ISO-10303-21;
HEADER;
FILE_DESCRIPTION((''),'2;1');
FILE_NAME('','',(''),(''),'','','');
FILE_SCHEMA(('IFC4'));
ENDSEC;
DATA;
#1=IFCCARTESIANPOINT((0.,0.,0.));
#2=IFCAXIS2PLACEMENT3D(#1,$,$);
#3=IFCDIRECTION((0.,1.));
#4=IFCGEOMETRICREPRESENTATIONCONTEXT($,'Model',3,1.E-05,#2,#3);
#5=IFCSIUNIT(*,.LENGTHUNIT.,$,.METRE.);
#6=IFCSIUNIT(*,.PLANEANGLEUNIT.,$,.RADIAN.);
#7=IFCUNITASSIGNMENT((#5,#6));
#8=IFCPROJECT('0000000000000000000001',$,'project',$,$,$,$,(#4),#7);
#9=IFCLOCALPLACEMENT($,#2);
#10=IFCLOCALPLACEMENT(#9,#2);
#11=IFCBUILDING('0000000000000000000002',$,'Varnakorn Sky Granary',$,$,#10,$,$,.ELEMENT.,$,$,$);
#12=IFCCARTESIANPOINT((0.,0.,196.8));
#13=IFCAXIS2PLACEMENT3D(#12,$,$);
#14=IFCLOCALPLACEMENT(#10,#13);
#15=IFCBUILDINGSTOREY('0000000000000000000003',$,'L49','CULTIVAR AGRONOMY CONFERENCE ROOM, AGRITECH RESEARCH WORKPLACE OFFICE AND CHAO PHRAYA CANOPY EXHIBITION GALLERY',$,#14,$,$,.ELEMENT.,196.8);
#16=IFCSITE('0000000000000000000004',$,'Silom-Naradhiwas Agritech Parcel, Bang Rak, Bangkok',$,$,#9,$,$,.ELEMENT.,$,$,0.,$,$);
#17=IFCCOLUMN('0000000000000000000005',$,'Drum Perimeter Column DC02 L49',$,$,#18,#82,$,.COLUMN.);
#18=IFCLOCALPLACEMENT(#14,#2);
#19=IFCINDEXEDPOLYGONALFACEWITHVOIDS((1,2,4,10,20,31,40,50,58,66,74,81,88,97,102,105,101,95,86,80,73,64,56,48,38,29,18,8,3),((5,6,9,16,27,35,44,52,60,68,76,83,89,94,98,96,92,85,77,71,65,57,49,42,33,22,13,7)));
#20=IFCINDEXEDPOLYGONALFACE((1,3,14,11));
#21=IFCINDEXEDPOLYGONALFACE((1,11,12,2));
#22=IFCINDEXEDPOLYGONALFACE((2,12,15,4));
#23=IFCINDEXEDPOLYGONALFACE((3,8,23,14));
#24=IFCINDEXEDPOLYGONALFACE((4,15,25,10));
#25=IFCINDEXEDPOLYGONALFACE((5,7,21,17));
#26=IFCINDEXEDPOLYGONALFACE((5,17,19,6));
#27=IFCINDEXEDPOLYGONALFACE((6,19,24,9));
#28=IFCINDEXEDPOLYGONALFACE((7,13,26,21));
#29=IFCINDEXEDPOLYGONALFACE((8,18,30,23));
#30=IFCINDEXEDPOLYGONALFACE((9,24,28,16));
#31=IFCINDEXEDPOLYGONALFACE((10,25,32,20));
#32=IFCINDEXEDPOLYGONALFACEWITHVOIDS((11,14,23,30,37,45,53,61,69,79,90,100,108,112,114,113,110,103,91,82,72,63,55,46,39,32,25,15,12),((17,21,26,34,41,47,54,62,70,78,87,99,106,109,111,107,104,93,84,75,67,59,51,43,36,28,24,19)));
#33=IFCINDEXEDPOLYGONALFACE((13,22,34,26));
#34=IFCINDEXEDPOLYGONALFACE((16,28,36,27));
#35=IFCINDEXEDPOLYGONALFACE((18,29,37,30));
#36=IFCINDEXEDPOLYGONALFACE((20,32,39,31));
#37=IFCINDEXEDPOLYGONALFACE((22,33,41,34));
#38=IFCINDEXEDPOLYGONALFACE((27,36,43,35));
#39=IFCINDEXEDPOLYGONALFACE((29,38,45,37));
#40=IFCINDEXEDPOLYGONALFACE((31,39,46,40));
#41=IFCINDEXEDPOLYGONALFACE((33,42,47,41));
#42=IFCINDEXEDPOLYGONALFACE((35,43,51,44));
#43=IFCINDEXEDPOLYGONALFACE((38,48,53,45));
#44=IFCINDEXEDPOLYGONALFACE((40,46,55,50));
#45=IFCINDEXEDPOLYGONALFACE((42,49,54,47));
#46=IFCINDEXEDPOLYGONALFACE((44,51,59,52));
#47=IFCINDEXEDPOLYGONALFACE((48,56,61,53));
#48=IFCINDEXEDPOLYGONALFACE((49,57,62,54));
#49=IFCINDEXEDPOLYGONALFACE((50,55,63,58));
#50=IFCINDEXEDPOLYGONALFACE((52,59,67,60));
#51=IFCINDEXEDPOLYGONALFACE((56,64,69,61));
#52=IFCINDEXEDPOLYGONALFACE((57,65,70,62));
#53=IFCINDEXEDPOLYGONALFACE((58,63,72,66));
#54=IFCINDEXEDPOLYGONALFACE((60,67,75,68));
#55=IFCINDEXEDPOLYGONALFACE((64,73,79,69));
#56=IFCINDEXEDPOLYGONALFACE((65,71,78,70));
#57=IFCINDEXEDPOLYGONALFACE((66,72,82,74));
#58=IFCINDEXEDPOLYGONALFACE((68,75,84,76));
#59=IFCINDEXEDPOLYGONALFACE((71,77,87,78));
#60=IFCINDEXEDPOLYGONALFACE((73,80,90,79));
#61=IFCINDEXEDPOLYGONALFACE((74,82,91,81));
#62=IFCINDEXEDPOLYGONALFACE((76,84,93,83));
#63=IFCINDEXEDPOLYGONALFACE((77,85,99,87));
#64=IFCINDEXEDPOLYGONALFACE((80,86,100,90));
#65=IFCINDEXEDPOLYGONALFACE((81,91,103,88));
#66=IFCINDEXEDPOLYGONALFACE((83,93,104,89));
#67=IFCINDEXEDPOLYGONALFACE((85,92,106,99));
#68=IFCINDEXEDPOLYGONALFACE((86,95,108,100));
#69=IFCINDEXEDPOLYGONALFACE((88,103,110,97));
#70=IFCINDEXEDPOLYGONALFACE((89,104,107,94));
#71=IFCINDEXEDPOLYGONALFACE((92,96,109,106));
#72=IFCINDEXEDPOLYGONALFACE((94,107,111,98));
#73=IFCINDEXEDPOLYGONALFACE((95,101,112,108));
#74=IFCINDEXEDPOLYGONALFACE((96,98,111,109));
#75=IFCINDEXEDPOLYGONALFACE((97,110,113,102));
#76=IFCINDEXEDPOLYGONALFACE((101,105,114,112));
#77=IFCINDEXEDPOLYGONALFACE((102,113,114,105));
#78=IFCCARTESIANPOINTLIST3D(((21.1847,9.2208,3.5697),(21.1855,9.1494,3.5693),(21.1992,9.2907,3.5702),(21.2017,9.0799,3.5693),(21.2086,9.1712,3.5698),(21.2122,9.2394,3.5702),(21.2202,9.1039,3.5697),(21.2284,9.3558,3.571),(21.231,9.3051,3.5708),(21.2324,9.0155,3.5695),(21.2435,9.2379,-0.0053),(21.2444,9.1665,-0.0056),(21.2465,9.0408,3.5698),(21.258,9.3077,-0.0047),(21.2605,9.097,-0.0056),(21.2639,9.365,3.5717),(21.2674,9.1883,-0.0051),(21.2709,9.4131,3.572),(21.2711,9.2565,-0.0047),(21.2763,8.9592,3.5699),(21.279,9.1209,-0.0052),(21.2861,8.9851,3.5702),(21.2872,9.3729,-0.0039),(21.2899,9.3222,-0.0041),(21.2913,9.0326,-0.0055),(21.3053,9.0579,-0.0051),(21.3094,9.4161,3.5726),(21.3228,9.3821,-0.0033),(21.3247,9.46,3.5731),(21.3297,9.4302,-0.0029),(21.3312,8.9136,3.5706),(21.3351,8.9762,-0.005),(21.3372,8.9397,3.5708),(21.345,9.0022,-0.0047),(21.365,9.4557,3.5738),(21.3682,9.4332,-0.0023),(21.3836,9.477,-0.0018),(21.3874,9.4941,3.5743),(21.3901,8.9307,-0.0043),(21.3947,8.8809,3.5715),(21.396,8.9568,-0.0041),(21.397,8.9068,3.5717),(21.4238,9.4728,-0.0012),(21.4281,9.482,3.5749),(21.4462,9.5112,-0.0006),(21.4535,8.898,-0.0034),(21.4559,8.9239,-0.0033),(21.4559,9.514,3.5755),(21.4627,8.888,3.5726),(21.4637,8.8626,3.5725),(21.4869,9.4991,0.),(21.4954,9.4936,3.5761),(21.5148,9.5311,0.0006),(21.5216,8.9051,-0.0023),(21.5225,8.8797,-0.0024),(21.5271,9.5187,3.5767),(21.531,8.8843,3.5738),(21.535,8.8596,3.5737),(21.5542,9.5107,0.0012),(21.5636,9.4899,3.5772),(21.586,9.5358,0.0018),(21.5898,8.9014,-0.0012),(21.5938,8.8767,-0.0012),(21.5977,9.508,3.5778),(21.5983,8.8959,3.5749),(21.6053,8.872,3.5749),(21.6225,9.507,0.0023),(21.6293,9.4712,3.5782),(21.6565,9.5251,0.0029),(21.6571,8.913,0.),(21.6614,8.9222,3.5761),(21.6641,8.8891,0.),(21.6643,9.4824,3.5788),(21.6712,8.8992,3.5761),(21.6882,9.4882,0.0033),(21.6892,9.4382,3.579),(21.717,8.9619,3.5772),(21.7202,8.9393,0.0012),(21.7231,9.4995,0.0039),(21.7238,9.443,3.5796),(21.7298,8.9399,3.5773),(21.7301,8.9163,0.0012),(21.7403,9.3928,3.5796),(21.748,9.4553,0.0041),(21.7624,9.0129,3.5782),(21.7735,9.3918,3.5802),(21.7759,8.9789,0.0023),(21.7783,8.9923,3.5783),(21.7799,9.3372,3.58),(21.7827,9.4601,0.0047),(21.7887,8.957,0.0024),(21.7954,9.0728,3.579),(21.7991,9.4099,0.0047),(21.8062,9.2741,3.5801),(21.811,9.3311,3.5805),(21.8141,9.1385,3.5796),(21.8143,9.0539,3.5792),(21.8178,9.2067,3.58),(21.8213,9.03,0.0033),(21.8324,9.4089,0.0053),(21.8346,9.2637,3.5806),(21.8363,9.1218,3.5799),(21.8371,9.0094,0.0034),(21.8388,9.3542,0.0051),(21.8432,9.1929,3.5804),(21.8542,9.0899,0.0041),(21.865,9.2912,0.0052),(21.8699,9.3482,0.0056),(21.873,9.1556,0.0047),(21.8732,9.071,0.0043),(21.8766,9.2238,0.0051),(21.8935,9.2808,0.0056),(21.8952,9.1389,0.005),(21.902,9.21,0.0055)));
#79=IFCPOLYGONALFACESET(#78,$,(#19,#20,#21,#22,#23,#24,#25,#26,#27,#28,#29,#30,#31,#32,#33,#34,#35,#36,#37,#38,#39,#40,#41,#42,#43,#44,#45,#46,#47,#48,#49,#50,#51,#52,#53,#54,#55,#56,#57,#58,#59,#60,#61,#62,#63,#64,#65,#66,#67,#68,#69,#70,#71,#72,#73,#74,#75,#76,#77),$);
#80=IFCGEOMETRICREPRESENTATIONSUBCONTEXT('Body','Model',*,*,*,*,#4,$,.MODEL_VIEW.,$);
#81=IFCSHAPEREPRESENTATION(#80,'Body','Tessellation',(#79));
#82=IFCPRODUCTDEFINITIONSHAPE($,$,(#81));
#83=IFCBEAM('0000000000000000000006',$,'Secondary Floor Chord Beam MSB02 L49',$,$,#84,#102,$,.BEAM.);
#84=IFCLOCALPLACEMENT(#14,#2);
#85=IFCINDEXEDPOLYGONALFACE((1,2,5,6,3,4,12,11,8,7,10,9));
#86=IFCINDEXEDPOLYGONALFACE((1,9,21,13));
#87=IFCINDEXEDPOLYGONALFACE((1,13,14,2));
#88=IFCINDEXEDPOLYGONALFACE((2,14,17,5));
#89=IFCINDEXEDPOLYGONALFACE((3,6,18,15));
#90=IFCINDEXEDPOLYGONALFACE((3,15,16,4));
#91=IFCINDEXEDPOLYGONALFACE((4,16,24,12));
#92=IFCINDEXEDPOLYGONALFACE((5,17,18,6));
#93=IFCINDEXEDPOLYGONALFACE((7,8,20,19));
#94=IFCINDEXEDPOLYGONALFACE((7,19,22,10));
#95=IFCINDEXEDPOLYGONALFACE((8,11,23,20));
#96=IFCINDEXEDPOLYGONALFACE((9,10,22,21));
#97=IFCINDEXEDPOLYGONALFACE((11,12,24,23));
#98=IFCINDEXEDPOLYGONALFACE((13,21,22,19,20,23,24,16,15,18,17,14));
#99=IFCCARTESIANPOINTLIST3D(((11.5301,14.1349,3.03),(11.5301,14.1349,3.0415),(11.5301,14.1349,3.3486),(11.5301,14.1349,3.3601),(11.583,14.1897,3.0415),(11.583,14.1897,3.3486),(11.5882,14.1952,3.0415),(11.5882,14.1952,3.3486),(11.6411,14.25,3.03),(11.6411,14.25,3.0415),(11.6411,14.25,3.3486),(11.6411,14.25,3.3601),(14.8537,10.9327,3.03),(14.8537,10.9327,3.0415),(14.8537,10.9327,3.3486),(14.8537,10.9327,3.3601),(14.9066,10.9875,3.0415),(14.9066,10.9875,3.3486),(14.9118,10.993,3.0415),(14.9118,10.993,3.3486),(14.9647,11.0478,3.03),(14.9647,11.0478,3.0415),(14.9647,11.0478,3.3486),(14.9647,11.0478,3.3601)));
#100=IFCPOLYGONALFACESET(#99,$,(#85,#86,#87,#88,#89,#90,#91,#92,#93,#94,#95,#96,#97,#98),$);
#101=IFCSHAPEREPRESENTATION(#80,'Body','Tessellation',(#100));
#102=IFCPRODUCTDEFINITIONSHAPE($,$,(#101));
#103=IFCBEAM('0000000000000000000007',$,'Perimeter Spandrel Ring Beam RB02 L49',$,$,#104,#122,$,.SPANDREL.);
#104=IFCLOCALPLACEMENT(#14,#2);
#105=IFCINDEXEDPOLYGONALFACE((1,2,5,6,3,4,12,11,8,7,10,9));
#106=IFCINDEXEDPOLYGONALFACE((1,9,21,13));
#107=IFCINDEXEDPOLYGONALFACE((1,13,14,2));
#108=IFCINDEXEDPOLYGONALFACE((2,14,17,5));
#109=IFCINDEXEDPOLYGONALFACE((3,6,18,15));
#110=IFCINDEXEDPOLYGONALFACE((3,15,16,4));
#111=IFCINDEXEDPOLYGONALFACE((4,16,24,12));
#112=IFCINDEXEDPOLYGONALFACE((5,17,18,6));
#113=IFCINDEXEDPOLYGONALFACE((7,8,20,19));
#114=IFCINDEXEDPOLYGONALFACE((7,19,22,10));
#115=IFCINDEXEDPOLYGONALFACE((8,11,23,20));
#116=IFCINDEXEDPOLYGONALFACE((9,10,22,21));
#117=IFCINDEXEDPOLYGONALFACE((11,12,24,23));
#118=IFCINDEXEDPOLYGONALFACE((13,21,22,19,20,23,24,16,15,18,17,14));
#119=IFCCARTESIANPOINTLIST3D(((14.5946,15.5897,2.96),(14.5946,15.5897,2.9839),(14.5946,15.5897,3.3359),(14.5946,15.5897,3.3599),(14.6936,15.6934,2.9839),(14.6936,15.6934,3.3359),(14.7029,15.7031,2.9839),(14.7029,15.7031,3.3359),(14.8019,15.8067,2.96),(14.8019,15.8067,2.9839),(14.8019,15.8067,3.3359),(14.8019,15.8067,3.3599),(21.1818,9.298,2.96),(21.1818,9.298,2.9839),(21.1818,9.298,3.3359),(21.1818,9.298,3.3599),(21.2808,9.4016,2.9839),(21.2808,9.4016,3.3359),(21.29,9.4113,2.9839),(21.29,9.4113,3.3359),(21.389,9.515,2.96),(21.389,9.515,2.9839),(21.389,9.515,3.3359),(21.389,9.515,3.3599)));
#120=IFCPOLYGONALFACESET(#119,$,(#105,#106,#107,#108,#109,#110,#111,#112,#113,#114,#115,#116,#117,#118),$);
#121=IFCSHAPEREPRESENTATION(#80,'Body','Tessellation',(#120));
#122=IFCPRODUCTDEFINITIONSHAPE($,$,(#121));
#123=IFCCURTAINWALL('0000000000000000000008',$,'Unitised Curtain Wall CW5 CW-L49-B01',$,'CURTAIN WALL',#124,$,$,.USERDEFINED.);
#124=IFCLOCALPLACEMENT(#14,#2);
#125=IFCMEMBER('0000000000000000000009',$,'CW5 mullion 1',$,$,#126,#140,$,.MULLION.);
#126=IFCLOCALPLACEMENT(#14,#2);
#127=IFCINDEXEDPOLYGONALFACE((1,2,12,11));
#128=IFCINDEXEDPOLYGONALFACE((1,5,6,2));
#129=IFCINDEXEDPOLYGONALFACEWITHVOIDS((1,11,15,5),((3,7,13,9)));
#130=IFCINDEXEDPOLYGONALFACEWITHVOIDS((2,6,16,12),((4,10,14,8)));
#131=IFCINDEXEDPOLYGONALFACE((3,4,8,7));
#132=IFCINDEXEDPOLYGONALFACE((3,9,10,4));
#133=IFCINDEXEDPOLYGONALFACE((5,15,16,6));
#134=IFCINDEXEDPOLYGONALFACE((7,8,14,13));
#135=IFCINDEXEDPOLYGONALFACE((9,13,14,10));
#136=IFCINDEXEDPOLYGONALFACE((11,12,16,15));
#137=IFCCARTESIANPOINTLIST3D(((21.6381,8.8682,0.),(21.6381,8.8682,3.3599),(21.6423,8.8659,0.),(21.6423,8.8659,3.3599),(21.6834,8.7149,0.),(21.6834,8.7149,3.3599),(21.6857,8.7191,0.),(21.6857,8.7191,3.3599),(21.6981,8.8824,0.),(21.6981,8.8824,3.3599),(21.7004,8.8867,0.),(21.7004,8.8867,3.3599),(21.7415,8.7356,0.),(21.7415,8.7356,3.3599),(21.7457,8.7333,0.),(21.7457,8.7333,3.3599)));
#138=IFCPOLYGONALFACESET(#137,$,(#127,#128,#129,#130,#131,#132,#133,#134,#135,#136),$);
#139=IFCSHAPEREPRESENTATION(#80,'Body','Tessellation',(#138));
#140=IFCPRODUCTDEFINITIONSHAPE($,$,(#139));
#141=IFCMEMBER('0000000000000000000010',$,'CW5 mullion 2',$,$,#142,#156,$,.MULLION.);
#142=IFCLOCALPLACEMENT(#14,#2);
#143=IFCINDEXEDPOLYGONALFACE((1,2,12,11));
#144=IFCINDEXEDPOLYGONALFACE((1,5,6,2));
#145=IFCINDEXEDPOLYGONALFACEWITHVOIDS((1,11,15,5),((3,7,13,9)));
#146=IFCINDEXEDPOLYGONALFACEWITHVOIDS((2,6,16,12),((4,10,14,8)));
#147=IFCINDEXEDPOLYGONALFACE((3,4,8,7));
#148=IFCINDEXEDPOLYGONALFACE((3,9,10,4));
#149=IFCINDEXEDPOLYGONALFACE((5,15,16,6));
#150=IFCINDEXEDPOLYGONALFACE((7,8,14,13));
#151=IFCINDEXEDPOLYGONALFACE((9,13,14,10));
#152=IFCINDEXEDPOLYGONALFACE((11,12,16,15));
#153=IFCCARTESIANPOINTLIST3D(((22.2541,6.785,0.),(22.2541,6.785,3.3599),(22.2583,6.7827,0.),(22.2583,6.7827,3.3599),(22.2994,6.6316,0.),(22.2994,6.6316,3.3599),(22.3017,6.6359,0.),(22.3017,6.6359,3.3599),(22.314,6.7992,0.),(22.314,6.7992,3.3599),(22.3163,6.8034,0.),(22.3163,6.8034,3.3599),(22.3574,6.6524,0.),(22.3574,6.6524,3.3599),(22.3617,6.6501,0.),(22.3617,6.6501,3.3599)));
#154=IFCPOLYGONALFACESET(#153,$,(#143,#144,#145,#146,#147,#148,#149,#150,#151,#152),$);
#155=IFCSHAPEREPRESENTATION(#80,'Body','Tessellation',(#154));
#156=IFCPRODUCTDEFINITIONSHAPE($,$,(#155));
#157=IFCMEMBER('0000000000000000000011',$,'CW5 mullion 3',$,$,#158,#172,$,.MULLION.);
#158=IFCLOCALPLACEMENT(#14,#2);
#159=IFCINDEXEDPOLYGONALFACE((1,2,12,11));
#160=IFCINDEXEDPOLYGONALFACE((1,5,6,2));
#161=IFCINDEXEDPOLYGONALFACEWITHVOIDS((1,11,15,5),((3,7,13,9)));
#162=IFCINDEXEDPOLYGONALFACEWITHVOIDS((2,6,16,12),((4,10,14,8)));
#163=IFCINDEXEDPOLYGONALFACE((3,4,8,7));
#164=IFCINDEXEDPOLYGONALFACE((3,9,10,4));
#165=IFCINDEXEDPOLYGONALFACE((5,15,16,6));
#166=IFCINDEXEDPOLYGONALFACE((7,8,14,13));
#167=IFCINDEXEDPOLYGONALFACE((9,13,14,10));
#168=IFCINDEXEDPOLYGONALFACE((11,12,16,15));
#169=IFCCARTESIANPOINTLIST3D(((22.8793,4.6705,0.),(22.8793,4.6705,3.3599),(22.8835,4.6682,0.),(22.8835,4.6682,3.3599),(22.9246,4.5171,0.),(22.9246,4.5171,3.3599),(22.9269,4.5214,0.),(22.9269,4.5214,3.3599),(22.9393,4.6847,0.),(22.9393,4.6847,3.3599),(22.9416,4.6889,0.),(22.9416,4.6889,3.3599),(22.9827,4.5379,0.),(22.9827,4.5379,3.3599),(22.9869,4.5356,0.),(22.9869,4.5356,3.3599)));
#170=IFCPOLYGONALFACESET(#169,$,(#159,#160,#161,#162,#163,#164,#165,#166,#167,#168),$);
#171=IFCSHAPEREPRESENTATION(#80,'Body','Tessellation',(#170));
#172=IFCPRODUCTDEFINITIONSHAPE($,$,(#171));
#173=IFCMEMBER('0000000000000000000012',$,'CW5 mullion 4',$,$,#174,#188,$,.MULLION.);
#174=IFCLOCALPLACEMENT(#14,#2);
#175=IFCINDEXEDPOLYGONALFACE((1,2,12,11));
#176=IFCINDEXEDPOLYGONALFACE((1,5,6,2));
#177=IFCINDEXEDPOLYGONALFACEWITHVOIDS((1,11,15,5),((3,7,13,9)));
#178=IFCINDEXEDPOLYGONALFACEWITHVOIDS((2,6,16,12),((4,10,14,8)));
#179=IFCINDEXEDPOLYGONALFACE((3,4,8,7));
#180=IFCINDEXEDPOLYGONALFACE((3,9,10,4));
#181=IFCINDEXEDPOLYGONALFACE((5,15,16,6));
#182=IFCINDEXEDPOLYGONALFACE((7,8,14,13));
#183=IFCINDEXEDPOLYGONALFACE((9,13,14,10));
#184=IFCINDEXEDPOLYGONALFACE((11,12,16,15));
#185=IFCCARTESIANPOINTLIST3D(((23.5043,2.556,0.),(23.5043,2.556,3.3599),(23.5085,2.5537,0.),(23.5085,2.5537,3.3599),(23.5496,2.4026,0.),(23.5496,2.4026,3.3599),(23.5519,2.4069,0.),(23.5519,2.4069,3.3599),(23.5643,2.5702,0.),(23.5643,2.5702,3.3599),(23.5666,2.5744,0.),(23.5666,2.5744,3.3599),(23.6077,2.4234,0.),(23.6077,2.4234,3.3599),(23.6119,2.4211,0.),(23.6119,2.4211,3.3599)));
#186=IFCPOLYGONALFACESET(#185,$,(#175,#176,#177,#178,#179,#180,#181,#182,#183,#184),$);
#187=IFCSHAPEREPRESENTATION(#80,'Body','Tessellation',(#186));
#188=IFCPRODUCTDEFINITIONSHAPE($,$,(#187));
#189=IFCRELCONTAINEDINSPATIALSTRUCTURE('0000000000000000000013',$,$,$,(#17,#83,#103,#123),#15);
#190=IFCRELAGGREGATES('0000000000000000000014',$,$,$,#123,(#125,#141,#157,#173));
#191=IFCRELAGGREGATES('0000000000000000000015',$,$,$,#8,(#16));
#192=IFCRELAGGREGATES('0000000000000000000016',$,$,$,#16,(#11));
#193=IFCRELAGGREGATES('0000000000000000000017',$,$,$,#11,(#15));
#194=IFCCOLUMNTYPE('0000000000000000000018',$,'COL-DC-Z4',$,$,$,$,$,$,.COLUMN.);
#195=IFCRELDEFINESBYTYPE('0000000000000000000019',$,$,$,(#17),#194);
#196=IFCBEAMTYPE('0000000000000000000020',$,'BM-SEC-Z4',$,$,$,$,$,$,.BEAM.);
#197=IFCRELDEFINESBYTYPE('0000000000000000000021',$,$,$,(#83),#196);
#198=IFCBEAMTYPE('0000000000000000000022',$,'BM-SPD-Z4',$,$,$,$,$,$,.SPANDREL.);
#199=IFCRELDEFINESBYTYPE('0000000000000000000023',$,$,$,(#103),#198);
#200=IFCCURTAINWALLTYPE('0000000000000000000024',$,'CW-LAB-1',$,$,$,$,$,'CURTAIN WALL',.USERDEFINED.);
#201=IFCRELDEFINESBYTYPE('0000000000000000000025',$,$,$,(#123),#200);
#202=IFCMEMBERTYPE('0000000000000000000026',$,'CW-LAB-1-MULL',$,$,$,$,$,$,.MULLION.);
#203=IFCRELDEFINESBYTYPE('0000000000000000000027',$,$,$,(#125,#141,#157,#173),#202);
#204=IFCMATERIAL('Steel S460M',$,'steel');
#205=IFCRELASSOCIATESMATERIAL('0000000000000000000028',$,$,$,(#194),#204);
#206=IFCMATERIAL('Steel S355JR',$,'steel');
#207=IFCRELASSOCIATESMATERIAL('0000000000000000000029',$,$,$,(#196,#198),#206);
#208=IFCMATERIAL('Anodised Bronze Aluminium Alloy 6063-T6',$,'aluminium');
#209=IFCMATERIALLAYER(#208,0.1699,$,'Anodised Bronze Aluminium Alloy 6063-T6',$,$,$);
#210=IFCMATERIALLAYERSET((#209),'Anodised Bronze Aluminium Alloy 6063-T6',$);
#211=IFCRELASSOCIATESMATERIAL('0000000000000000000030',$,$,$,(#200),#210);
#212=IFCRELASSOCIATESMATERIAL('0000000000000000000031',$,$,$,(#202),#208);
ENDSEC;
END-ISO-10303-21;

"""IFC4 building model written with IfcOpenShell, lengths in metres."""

from ifc_helpers import new_model, si_unit, direction, frame, origin, origin_2d, place, context, subcontext, project, spatial, hollow_rectangle, hollow_circle, i_section, extrude, material, layer, layer_set, material_profile, profile_set, type_object, element, aggregate, save


model = new_model("IFC4")

# Units and contexts
model_context = context("Model", 3, precision=1e-05, world=origin(), true_north=direction((0.0, 1.0)))
body_context = subcontext(model_context, "Body", "Model", "MODEL_VIEW")
ifc_project = project(units=[si_unit("LENGTHUNIT", "METRE"), si_unit("PLANEANGLEUNIT", "RADIAN")], contexts=[model_context])

# Site, building, storey
site_placement = place(None, origin())
site = spatial("IfcSite", under=ifc_project, at=site_placement, Name="Silom-Naradhiwas Agritech Parcel, Bang Rak, Bangkok", CompositionType="ELEMENT", RefElevation=0.0)
building_placement = place(site_placement, origin())
building = spatial("IfcBuilding", under=site, at=building_placement, Name="Varnakorn Sky Granary", CompositionType="ELEMENT")
storey_placement = place(building_placement, frame((0.0, 0.0, 196.8)))
storey = spatial("IfcBuildingStorey", under=building, at=storey_placement, Name="L49", Description="CULTIVAR AGRONOMY CONFERENCE ROOM, AGRITECH RESEARCH WORKPLACE OFFICE AND CHAO PHRAYA CANOPY EXHIBITION GALLERY", CompositionType="ELEMENT", Elevation=196.8)

# Column
ifc_material_1 = material(Name="Steel S460M", Category="steel")
ifc_material_profile_1 = material_profile(ifc_material_1, hollow_circle(Radius=0.3301, WallThickness=0.0249, at=origin_2d()), Name="CHS 660x25")
ifc_profile_set_1 = profile_set([ifc_material_profile_1], Name="Steel S460M")
column_type = type_object("IfcColumnType", Name="COL-DC-Z4", PredefinedType="COLUMN", material=ifc_profile_set_1)
column_placement = place(storey_placement, frame((21.572, 9.2061, 0.0), z_axis=(-0.016456, -0.00478, 0.999853), x_axis=(0.278929, -0.960312, 0.0)))
element("IfcColumn", 1, at=column_placement, inside=storey, type_object=column_type, Name="Drum Perimeter Column DC02 L49", PredefinedType="COLUMN", context=body_context, shape_type="SweptSolid", body=[
    extrude(hollow_circle(Radius=0.3301, WallThickness=0.0249, at=origin_2d()), origin(), (0.0, 0.0, 1.0), 3.5754),
])

# Beams
ifc_material_2 = material(Name="Steel S355JR", Category="steel")
ifc_material_profile_2 = material_profile(ifc_material_2, i_section(OverallWidth=0.1599, OverallDepth=0.3301, WebThickness=0.0076, FlangeThickness=0.0115, at=origin_2d()), Name="IPE 330")
ifc_profile_set_2 = profile_set([ifc_material_profile_2], Name="Steel S355JR")
beam_type_1 = type_object("IfcBeamType", Name="BM-SEC-Z4", PredefinedType="BEAM", material=ifc_profile_set_2)
beam_1_placement = place(storey_placement, frame((14.9092, 10.9902, 3.1951), z_axis=(-0.72013, 0.693839, 0.0), x_axis=(-0.693839, -0.72013, 0.0)))
element("IfcBeam", 2, at=beam_1_placement, inside=storey, type_object=beam_type_1, Name="Secondary Floor Chord Beam MSB02 L49", PredefinedType="BEAM", context=body_context, shape_type="SweptSolid", body=[
    extrude(i_section(OverallWidth=0.1599, OverallDepth=0.3301, WebThickness=0.0076, FlangeThickness=0.0115, at=origin_2d()), origin(), (0.0, 0.0, 1.0), 4.6152),
])
ifc_material_profile_3 = material_profile(ifc_material_2, i_section(OverallWidth=0.3, OverallDepth=0.3999, WebThickness=0.0134, FlangeThickness=0.0239, at=origin_2d()), Name="HE 400 B")
ifc_profile_set_3 = profile_set([ifc_material_profile_3], Name="Steel S355JR")
beam_type_2 = type_object("IfcBeamType", Name="BM-SPD-Z4", PredefinedType="SPANDREL", material=ifc_profile_set_3)
beam_2_placement = place(storey_placement, frame((21.2854, 9.4065, 3.1599), z_axis=(-0.723136, 0.690706, 0.0), x_axis=(-0.690706, -0.723136, 0.0)))
element("IfcBeam", 3, at=beam_2_placement, inside=storey, type_object=beam_type_2, Name="Perimeter Spandrel Ring Beam RB02 L49", PredefinedType="SPANDREL", context=body_context, shape_type="SweptSolid", body=[
    extrude(i_section(OverallWidth=0.3, OverallDepth=0.3999, WebThickness=0.0134, FlangeThickness=0.0239, at=origin_2d()), origin(), (0.0, 0.0, 1.0), 9.1091),
])

# Curtain wall, members
ifc_material_3 = material(Name="Anodised Bronze Aluminium Alloy 6063-T6", Category="aluminium")
ifc_layer_1 = layer(ifc_material_3, 0.1699, Name="Anodised Bronze Aluminium Alloy 6063-T6")
ifc_layer_set_1 = layer_set([ifc_layer_1], Name="Anodised Bronze Aluminium Alloy 6063-T6")
curtain_wall_type = type_object("IfcCurtainWallType", Name="CW-LAB-1", ElementType="CURTAIN WALL", PredefinedType="USERDEFINED", material=ifc_layer_set_1)
curtain_wall_1_placement = place(storey_placement, origin())
curtain_wall_1 = element("IfcCurtainWall", 4, at=curtain_wall_1_placement, inside=storey, type_object=curtain_wall_type, Name="Unitised Curtain Wall CW5 CW-L49-B01", ObjectType="CURTAIN WALL", PredefinedType="USERDEFINED")
ifc_material_profile_4 = material_profile(ifc_material_3, hollow_rectangle(XDim=0.0649, YDim=0.1599, WallThickness=0.0034, at=origin_2d()), Name="ALU MULL 65x160")
ifc_profile_set_4 = profile_set([ifc_material_profile_4], Name="Anodised Bronze Aluminium Alloy 6063-T6")
member_type_1 = type_object("IfcMemberType", Name="CW-LAB-1-MULL", PredefinedType="MULLION", material=ifc_profile_set_4)
member_1_placement = place(storey_placement, frame((21.6919, 8.8008, 0.0), z_axis=(0.0, 0.0, 1.0), x_axis=(0.958964, 0.283528, 0.0)))
member_1 = element("IfcMember", 5, at=member_1_placement, type_object=member_type_1, Name="CW5 mullion 1", PredefinedType="MULLION", context=body_context, shape_type="SweptSolid", body=[
    extrude(hollow_rectangle(XDim=0.0649, YDim=0.1599, WallThickness=0.0034, at=origin_2d()), origin(), (0.0, 0.0, 1.0), 3.3599),
])
member_2_placement = place(storey_placement, frame((22.3079, 6.7175, 0.0), z_axis=(0.0, 0.0, 1.0), x_axis=(0.958964, 0.283528, 0.0)))
member_2 = element("IfcMember", 6, at=member_2_placement, type_object=member_type_1, Name="CW5 mullion 2", PredefinedType="MULLION", context=body_context, shape_type="SweptSolid", body=[
    extrude(hollow_rectangle(XDim=0.0649, YDim=0.1599, WallThickness=0.0034, at=origin_2d()), origin(), (0.0, 0.0, 1.0), 3.3599),
])
member_3_placement = place(storey_placement, frame((22.9331, 4.603, 0.0), z_axis=(0.0, 0.0, 1.0), x_axis=(0.958964, 0.283528, 0.0)))
member_3 = element("IfcMember", 7, at=member_3_placement, type_object=member_type_1, Name="CW5 mullion 3", PredefinedType="MULLION", context=body_context, shape_type="SweptSolid", body=[
    extrude(hollow_rectangle(XDim=0.0649, YDim=0.1599, WallThickness=0.0034, at=origin_2d()), origin(), (0.0, 0.0, 1.0), 3.3599),
])
member_4_placement = place(storey_placement, frame((23.5581, 2.4885, 0.0), z_axis=(0.0, 0.0, 1.0), x_axis=(0.958964, 0.283528, 0.0)))
member_4 = element("IfcMember", 8, at=member_4_placement, type_object=member_type_1, Name="CW5 mullion 4", PredefinedType="MULLION", context=body_context, shape_type="SweptSolid", body=[
    extrude(hollow_rectangle(XDim=0.0649, YDim=0.1599, WallThickness=0.0034, at=origin_2d()), origin(), (0.0, 0.0, 1.0), 3.3599),
])

aggregate(curtain_wall_1, [member_1, member_2, member_3, member_4])

save(model, "model.ifc")
